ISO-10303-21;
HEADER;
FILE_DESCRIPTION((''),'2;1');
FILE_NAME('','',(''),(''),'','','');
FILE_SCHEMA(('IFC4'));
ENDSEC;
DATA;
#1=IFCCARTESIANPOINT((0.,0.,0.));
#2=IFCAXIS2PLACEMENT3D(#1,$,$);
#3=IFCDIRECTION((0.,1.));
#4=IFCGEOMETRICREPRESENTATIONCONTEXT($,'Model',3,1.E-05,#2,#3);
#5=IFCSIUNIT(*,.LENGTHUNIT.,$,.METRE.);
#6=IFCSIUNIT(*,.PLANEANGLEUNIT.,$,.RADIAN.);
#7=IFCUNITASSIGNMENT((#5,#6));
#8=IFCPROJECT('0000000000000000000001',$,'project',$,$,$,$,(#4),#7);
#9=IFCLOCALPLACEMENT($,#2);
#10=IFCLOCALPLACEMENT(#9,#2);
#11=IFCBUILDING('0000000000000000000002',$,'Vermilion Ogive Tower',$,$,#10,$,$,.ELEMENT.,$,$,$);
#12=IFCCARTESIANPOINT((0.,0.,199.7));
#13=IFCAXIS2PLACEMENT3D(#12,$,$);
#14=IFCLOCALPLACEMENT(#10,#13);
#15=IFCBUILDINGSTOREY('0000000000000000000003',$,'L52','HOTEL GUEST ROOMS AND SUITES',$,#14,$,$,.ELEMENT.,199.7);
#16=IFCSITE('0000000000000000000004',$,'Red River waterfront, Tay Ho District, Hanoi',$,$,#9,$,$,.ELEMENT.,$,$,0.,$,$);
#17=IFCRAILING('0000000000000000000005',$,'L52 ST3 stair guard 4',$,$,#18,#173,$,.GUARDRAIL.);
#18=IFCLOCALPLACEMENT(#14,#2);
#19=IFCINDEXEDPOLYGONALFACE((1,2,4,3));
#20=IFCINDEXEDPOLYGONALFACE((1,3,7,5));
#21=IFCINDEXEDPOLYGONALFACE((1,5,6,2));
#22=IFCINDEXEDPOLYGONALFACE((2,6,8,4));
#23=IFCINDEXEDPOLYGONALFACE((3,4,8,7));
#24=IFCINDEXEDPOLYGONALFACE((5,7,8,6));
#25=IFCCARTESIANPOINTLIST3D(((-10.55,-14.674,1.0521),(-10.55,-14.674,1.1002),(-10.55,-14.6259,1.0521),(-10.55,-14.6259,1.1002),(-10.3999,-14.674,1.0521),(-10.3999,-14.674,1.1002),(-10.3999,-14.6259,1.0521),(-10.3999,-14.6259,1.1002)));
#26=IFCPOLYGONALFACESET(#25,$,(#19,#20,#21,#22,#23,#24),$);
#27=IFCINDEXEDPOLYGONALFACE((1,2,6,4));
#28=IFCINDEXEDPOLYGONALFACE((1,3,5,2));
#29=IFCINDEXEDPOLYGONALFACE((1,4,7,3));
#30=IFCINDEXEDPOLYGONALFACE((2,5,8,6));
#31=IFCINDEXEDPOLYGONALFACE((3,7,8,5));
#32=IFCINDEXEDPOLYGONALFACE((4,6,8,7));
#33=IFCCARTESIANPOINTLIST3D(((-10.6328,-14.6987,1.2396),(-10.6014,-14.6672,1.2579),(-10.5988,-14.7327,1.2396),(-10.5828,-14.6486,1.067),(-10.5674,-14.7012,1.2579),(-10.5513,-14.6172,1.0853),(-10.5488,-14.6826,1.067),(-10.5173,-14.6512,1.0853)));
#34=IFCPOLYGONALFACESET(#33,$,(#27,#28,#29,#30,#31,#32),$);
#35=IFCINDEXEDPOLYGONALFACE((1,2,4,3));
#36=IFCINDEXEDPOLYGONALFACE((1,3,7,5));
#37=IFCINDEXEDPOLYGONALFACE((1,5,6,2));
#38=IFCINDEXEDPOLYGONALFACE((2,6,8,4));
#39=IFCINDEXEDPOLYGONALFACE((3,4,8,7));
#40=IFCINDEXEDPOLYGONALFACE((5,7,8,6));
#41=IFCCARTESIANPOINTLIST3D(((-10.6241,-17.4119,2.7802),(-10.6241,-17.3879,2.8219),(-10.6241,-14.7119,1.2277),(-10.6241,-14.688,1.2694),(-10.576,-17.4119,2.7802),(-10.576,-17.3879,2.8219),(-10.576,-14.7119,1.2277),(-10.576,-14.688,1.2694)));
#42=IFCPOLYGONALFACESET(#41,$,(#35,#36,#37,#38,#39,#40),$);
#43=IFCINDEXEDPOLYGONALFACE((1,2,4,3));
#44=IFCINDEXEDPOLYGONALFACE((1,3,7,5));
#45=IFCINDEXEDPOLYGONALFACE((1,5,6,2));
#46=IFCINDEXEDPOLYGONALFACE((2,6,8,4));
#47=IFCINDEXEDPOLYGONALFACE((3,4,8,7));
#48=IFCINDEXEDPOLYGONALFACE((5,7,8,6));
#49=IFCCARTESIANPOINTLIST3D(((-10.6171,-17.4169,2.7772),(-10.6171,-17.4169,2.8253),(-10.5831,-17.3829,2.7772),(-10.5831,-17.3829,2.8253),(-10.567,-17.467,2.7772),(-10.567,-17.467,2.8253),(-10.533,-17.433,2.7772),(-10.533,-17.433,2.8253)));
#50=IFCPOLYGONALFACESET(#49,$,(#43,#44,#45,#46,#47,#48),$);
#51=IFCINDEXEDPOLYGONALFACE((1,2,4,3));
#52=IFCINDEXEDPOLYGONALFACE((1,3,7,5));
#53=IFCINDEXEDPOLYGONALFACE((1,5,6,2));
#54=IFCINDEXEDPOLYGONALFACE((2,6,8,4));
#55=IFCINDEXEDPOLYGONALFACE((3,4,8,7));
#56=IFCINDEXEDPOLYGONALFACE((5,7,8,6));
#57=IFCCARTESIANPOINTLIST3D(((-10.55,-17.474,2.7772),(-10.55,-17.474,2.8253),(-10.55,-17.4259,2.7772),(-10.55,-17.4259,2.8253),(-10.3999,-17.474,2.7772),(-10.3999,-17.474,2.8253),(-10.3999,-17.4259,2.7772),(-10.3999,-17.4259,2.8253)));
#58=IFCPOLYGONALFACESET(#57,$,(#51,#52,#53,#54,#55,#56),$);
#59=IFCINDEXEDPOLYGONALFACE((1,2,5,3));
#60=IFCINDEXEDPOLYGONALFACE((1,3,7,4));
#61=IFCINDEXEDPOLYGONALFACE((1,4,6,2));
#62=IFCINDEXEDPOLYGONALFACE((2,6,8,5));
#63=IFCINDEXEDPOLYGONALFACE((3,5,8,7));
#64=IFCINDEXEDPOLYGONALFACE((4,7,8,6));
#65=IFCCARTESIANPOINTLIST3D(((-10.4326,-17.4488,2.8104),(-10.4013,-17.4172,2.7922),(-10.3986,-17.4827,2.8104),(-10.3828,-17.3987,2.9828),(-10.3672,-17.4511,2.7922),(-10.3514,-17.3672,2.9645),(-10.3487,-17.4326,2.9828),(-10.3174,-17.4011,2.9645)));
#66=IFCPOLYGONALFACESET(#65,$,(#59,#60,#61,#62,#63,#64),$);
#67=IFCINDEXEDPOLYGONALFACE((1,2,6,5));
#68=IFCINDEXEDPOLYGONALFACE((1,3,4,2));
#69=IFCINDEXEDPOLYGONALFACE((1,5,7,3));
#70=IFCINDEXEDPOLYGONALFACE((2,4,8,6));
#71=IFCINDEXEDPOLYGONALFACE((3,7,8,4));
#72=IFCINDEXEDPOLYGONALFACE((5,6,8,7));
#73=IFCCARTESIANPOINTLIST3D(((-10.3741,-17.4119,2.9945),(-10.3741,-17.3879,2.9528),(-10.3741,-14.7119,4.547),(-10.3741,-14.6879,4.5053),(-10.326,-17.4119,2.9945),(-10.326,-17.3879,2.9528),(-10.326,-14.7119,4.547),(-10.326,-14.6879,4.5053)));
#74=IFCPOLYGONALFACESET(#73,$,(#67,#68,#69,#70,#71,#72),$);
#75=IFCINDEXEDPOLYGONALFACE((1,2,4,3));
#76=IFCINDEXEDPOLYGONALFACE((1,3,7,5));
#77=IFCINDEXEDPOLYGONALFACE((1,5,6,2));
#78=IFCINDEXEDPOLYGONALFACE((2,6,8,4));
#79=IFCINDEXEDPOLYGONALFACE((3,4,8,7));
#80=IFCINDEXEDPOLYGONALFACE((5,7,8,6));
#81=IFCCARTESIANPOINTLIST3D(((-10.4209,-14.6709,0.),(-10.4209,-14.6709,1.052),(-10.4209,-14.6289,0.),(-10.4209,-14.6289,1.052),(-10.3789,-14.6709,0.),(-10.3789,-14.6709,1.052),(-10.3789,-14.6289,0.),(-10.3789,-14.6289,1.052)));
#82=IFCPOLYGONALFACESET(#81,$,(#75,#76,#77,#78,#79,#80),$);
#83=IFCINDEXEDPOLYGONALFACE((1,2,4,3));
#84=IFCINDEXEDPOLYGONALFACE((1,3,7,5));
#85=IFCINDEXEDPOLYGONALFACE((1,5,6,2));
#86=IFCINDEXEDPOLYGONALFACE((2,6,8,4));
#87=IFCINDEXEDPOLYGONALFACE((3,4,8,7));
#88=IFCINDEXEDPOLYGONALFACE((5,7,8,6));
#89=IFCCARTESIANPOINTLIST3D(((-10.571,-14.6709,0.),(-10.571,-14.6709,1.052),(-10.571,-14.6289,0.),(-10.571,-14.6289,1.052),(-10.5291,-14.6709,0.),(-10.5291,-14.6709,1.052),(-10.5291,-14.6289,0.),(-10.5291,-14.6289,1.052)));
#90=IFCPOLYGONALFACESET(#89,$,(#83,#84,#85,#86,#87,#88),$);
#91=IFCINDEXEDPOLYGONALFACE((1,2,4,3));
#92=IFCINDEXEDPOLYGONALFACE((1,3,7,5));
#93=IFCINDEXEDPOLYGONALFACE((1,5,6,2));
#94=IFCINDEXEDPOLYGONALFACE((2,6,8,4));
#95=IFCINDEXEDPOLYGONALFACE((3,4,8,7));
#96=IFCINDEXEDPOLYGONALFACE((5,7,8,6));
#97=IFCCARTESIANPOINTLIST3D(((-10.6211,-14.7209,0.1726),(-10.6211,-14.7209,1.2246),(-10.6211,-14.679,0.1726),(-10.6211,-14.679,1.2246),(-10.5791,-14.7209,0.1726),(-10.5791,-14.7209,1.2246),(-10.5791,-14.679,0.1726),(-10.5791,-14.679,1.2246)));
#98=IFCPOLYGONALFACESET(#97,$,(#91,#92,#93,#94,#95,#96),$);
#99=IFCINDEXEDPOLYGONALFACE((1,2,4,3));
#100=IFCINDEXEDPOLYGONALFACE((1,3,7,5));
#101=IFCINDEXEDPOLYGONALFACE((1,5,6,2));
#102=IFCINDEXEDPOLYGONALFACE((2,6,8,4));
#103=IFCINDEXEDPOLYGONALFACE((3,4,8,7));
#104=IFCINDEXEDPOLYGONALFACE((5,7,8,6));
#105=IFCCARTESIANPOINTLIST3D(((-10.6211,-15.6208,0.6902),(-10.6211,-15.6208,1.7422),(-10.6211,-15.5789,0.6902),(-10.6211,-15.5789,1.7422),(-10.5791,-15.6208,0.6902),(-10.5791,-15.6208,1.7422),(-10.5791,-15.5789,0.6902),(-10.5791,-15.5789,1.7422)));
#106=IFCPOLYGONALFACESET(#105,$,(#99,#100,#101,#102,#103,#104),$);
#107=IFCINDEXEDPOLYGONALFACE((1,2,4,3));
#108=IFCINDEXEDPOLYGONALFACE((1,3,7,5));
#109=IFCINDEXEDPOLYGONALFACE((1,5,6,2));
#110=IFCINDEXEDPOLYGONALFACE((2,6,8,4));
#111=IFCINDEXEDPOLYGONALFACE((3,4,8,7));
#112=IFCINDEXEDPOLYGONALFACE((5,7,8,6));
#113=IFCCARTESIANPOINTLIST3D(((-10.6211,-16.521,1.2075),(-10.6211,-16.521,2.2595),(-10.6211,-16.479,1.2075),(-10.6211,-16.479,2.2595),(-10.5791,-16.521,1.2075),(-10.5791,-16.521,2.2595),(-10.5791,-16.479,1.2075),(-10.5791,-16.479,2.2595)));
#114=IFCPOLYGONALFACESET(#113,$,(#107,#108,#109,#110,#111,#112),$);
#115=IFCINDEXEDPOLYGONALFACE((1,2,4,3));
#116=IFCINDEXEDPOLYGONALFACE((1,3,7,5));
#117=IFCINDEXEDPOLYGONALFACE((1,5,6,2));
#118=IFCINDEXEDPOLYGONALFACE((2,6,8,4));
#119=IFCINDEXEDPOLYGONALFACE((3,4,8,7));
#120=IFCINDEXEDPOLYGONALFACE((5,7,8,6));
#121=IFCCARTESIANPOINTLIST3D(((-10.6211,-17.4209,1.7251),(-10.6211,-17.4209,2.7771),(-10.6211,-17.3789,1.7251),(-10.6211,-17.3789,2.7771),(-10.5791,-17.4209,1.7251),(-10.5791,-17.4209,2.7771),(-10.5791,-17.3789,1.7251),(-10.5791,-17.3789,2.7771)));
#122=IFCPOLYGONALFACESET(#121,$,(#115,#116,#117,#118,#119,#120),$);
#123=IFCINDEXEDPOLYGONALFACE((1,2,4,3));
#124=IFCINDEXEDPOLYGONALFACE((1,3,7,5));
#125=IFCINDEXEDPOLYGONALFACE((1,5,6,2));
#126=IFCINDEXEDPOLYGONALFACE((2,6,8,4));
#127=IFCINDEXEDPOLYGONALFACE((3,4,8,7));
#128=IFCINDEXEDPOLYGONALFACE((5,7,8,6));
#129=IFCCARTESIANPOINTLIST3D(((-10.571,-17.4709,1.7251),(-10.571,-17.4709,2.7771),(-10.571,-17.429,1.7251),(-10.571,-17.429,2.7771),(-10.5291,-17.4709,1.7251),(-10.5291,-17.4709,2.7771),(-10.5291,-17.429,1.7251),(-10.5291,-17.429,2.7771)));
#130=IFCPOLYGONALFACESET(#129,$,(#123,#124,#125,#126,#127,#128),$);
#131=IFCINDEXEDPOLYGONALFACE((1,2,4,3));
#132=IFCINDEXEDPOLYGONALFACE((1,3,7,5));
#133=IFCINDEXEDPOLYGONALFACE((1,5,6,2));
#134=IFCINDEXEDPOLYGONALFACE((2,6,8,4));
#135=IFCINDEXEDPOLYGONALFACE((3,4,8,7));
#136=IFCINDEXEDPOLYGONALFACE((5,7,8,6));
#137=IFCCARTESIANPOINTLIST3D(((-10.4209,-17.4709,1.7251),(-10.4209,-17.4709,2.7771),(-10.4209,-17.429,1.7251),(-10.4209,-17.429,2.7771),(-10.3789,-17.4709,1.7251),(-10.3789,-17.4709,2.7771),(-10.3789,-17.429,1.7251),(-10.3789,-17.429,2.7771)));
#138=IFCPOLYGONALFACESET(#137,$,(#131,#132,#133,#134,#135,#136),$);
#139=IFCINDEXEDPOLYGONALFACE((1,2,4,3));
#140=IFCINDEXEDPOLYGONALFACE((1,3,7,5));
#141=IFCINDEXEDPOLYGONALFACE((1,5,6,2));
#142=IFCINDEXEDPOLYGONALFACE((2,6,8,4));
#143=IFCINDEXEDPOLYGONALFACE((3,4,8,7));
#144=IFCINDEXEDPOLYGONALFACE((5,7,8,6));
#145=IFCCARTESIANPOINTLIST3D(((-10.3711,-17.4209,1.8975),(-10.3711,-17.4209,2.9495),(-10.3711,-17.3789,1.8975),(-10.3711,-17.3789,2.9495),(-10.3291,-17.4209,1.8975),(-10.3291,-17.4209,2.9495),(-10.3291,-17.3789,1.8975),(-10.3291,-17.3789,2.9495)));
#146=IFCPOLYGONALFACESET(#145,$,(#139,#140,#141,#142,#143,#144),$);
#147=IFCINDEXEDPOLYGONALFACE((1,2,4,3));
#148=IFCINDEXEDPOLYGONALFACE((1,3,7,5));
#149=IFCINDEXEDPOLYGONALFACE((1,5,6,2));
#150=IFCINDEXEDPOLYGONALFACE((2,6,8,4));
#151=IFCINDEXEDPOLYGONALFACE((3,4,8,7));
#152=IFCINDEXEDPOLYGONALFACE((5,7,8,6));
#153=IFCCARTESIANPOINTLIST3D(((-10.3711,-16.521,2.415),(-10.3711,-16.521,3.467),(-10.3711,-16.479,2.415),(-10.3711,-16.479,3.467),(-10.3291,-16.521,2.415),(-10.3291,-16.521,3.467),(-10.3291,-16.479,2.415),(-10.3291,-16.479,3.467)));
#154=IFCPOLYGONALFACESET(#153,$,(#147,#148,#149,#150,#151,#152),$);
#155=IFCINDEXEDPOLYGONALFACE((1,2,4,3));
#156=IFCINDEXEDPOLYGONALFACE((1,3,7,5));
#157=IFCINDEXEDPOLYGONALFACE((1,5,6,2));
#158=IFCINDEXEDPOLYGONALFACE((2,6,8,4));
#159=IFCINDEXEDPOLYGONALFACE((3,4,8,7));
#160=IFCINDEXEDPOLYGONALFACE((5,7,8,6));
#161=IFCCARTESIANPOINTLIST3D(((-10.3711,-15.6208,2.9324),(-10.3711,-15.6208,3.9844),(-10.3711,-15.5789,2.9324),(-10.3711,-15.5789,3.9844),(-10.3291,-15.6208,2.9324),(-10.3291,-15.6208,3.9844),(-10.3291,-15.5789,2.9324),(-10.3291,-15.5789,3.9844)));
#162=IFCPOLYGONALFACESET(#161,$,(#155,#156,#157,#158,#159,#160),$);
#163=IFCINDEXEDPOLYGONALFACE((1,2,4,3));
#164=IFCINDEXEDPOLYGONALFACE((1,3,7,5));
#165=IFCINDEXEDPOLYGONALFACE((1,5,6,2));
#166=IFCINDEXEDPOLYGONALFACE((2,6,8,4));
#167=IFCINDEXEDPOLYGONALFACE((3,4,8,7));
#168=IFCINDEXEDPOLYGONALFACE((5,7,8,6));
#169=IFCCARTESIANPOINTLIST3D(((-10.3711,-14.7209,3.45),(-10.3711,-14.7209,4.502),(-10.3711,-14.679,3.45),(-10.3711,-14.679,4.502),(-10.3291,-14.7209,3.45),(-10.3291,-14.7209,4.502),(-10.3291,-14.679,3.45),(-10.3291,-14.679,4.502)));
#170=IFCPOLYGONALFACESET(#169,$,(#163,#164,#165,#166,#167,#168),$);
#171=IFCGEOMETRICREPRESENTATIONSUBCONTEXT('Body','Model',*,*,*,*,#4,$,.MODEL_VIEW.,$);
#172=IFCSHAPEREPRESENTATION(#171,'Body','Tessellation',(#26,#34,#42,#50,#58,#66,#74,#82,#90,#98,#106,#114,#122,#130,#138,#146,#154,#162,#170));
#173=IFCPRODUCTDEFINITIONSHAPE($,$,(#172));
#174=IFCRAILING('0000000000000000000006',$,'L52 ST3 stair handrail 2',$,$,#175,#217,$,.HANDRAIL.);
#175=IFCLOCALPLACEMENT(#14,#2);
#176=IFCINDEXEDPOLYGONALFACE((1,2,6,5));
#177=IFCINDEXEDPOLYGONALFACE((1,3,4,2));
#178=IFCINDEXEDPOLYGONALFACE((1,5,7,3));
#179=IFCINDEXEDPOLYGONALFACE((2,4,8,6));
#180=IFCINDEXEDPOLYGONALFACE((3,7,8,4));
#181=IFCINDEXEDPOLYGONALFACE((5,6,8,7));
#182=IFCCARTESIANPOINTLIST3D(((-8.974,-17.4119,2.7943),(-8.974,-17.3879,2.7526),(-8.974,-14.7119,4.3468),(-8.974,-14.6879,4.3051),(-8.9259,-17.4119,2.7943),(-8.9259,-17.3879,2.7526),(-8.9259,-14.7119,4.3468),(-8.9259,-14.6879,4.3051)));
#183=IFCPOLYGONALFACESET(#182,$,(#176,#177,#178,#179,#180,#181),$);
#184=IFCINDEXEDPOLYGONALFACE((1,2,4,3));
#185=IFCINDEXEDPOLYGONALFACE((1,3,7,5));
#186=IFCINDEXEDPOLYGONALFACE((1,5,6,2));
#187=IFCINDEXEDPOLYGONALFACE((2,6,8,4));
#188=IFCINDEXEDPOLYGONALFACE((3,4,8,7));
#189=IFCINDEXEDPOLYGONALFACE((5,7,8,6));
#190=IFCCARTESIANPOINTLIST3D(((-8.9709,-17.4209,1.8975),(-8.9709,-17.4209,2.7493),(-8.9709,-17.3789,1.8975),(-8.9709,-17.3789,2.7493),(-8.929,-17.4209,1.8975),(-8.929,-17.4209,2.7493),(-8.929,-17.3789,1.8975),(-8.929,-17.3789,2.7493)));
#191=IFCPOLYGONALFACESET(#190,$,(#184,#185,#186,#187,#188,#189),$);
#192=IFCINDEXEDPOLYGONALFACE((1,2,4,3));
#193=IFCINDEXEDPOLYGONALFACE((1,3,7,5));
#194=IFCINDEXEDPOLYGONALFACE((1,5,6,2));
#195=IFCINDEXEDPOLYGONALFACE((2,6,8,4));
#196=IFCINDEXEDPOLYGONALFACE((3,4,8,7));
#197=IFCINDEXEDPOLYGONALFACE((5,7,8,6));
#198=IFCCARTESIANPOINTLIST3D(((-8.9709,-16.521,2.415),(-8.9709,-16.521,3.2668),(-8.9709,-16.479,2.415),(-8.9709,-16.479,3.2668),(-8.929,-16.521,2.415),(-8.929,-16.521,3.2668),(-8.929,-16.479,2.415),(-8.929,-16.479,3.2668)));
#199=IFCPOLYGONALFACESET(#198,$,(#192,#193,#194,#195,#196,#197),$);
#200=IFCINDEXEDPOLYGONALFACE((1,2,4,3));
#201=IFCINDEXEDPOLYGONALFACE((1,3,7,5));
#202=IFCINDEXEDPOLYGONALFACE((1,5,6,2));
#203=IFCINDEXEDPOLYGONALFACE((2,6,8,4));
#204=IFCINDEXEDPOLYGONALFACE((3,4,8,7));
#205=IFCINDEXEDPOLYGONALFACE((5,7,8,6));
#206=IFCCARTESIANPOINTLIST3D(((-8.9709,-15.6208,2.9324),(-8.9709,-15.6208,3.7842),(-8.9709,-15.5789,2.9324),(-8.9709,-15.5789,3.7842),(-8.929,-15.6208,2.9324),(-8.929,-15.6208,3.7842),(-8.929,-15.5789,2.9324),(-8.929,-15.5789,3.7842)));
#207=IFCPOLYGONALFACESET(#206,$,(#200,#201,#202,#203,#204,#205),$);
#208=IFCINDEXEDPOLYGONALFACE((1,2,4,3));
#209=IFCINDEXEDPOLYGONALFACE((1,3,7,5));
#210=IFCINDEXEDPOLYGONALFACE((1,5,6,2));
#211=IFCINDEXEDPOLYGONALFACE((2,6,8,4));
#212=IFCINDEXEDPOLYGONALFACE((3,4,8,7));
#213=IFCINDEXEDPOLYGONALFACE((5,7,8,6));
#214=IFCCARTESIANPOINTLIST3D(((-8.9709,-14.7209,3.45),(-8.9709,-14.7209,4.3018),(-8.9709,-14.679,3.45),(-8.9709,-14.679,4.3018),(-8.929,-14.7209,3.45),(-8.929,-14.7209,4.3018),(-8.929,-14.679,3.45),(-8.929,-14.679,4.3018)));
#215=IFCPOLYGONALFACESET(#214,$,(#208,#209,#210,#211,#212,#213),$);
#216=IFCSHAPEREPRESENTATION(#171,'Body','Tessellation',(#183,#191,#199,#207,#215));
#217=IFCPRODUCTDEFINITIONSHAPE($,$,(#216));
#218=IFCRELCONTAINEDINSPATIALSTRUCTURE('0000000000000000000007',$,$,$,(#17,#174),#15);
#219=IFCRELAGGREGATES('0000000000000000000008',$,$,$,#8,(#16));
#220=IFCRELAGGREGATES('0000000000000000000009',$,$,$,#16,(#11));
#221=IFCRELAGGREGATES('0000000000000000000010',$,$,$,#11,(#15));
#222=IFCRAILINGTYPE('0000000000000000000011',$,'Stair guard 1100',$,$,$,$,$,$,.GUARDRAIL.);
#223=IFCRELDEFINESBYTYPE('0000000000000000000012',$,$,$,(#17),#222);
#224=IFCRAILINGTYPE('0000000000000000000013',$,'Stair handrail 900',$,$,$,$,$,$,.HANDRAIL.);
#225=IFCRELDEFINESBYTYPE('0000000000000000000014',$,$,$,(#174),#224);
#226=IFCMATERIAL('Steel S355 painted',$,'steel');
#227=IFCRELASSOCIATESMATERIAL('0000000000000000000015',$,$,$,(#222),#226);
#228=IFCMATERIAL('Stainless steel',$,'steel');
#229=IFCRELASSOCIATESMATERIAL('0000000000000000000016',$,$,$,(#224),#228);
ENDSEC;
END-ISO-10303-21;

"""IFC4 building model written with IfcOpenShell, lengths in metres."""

from ifc_helpers import new_model, si_unit, direction, frame, origin, origin_2d, place, context, subcontext, project, spatial, rectangle, extrude, material, type_object, element, save


model = new_model("IFC4")

# Units and contexts
model_context = context("Model", 3, precision=1e-05, world=origin(), true_north=direction((0.0, 1.0)))
body_context = subcontext(model_context, "Body", "Model", "MODEL_VIEW")
ifc_project = project(units=[si_unit("LENGTHUNIT", "METRE"), si_unit("PLANEANGLEUNIT", "RADIAN")], contexts=[model_context])

# Site, building, storey
site_placement = place(None, origin())
site = spatial("IfcSite", under=ifc_project, at=site_placement, Name="Red River waterfront, Tay Ho District, Hanoi", CompositionType="ELEMENT", RefElevation=0.0)
building_placement = place(site_placement, origin())
building = spatial("IfcBuilding", under=site, at=building_placement, Name="Vermilion Ogive Tower", CompositionType="ELEMENT")
storey_placement = place(building_placement, frame((0.0, 0.0, 199.7)))
storey = spatial("IfcBuildingStorey", under=building, at=storey_placement, Name="L52", Description="HOTEL GUEST ROOMS AND SUITES", CompositionType="ELEMENT", Elevation=199.7)

# Railings
ifc_material_1 = material(Name="Steel S355 painted", Category="steel")
railing_type_1 = type_object("IfcRailingType", Name="Stair guard 1100", PredefinedType="GUARDRAIL", material=ifc_material_1)
railing_1_placement = place(storey_placement, frame((-10.3999, -14.6499, 0.0)))
element("IfcRailing", 1, at=railing_1_placement, inside=storey, type_object=railing_type_1, Name="L52 ST3 stair guard 4", PredefinedType="GUARDRAIL", context=body_context, shape_type="SweptSolid", body=[
    extrude(rectangle(XDim=0.0481, YDim=0.0481, at=origin_2d()), frame((0.0, 0.0, 1.0762), z_axis=(-1.0, 0.0, 0.0), x_axis=(0.0, -1.0, 0.0)), (0.0, 0.0, 1.0), 0.1501),
    extrude(rectangle(XDim=0.0481, YDim=0.0481, at=origin_2d()), frame((-0.1501, 0.0, 1.0762), z_axis=(-0.268278, -0.268278, 0.925232), x_axis=(0.707107, -0.707107, 0.0)), (0.0, 0.0, 1.0), 0.1865),
    extrude(rectangle(XDim=0.0481, YDim=0.0481, at=origin_2d()), frame((-0.2002, -0.05, 1.2485), z_axis=(0.0, -0.866904, 0.498476), x_axis=(1.0, 0.0, 0.0)), (0.0, 0.0, 1.0), 3.1145),
    extrude(rectangle(XDim=0.0481, YDim=0.0481, at=origin_2d()), frame((-0.2002, -2.75, 2.8013), z_axis=(0.707107, -0.707107, 0.0), x_axis=(0.707107, 0.707107, 0.0)), (0.0, 0.0, 1.0), 0.0708),
    extrude(rectangle(XDim=0.0481, YDim=0.0481, at=origin_2d()), frame((-0.1501, -2.8, 2.8013), z_axis=(1.0, 0.0, 0.0), x_axis=(0.0, 1.0, 0.0)), (0.0, 0.0, 1.0), 0.1501),
    extrude(rectangle(XDim=0.0481, YDim=0.0481, at=origin_2d()), frame((0.0, -2.8, 2.8013), z_axis=(0.267387, 0.268698, 0.925368), x_axis=(-0.708834, 0.705376, 0.0)), (0.0, 0.0, 1.0), 0.1863),
    extrude(rectangle(XDim=0.0481, YDim=0.0481, at=origin_2d()), frame((0.0498, -2.75, 2.9736), z_axis=(0.0, 0.866904, 0.498476), x_axis=(-1.0, 0.0, 0.0)), (0.0, 0.0, 1.0), 3.1145),
    extrude(rectangle(XDim=0.042, YDim=0.042, at=origin_2d()), origin(), (0.0, 0.0, 1.0), 1.052),
    extrude(rectangle(XDim=0.042, YDim=0.042, at=origin_2d()), frame((-0.1501, 0.0, 0.0)), (0.0, 0.0, 1.0), 1.052),
    extrude(rectangle(XDim=0.042, YDim=0.042, at=origin_2d()), frame((-0.2002, -0.05, 0.1726)), (0.0, 0.0, 1.0), 1.052),
    extrude(rectangle(XDim=0.042, YDim=0.042, at=origin_2d()), frame((-0.2002, -0.95, 0.6902)), (0.0, 0.0, 1.0), 1.052),
    extrude(rectangle(XDim=0.042, YDim=0.042, at=origin_2d()), frame((-0.2002, -1.8501, 1.2075)), (0.0, 0.0, 1.0), 1.052),
    extrude(rectangle(XDim=0.042, YDim=0.042, at=origin_2d()), frame((-0.2002, -2.75, 1.7251)), (0.0, 0.0, 1.0), 1.052),
    extrude(rectangle(XDim=0.042, YDim=0.042, at=origin_2d()), frame((-0.1501, -2.8, 1.7251)), (0.0, 0.0, 1.0), 1.052),
    extrude(rectangle(XDim=0.042, YDim=0.042, at=origin_2d()), frame((0.0, -2.8, 1.7251)), (0.0, 0.0, 1.0), 1.052),
    extrude(rectangle(XDim=0.042, YDim=0.042, at=origin_2d()), frame((0.0498, -2.75, 1.8975)), (0.0, 0.0, 1.0), 1.052),
    extrude(rectangle(XDim=0.042, YDim=0.042, at=origin_2d()), frame((0.0498, -1.8501, 2.415)), (0.0, 0.0, 1.0), 1.052),
    extrude(rectangle(XDim=0.042, YDim=0.042, at=origin_2d()), frame((0.0498, -0.95, 2.9324)), (0.0, 0.0, 1.0), 1.052),
    extrude(rectangle(XDim=0.042, YDim=0.042, at=origin_2d()), frame((0.0498, -0.05, 3.45)), (0.0, 0.0, 1.0), 1.052),
])
ifc_material_2 = material(Name="Stainless steel", Category="steel")
railing_type_2 = type_object("IfcRailingType", Name="Stair handrail 900", PredefinedType="HANDRAIL", material=ifc_material_2)
railing_2_placement = place(storey_placement, frame((-8.95, -17.3999, 1.8975)))
element("IfcRailing", 2, at=railing_2_placement, inside=storey, type_object=railing_type_2, Name="L52 ST3 stair handrail 2", PredefinedType="HANDRAIL", context=body_context, shape_type="SweptSolid", body=[
    extrude(rectangle(XDim=0.0481, YDim=0.0481, at=origin_2d()), frame((0.0, 0.0, 0.876), z_axis=(0.0, 0.866904, 0.498476), x_axis=(-1.0, 0.0, 0.0)), (0.0, 0.0, 1.0), 3.1145),
    extrude(rectangle(XDim=0.042, YDim=0.042, at=origin_2d()), origin(), (0.0, 0.0, 1.0), 0.8518),
    extrude(rectangle(XDim=0.042, YDim=0.042, at=origin_2d()), frame((0.0, 0.8999, 0.5176)), (0.0, 0.0, 1.0), 0.8518),
    extrude(rectangle(XDim=0.042, YDim=0.042, at=origin_2d()), frame((0.0, 1.8, 1.0349)), (0.0, 0.0, 1.0), 0.8518),
    extrude(rectangle(XDim=0.042, YDim=0.042, at=origin_2d()), frame((0.0, 2.7, 1.5525)), (0.0, 0.0, 1.0), 0.8518),
])

save(model, "model.ifc")
